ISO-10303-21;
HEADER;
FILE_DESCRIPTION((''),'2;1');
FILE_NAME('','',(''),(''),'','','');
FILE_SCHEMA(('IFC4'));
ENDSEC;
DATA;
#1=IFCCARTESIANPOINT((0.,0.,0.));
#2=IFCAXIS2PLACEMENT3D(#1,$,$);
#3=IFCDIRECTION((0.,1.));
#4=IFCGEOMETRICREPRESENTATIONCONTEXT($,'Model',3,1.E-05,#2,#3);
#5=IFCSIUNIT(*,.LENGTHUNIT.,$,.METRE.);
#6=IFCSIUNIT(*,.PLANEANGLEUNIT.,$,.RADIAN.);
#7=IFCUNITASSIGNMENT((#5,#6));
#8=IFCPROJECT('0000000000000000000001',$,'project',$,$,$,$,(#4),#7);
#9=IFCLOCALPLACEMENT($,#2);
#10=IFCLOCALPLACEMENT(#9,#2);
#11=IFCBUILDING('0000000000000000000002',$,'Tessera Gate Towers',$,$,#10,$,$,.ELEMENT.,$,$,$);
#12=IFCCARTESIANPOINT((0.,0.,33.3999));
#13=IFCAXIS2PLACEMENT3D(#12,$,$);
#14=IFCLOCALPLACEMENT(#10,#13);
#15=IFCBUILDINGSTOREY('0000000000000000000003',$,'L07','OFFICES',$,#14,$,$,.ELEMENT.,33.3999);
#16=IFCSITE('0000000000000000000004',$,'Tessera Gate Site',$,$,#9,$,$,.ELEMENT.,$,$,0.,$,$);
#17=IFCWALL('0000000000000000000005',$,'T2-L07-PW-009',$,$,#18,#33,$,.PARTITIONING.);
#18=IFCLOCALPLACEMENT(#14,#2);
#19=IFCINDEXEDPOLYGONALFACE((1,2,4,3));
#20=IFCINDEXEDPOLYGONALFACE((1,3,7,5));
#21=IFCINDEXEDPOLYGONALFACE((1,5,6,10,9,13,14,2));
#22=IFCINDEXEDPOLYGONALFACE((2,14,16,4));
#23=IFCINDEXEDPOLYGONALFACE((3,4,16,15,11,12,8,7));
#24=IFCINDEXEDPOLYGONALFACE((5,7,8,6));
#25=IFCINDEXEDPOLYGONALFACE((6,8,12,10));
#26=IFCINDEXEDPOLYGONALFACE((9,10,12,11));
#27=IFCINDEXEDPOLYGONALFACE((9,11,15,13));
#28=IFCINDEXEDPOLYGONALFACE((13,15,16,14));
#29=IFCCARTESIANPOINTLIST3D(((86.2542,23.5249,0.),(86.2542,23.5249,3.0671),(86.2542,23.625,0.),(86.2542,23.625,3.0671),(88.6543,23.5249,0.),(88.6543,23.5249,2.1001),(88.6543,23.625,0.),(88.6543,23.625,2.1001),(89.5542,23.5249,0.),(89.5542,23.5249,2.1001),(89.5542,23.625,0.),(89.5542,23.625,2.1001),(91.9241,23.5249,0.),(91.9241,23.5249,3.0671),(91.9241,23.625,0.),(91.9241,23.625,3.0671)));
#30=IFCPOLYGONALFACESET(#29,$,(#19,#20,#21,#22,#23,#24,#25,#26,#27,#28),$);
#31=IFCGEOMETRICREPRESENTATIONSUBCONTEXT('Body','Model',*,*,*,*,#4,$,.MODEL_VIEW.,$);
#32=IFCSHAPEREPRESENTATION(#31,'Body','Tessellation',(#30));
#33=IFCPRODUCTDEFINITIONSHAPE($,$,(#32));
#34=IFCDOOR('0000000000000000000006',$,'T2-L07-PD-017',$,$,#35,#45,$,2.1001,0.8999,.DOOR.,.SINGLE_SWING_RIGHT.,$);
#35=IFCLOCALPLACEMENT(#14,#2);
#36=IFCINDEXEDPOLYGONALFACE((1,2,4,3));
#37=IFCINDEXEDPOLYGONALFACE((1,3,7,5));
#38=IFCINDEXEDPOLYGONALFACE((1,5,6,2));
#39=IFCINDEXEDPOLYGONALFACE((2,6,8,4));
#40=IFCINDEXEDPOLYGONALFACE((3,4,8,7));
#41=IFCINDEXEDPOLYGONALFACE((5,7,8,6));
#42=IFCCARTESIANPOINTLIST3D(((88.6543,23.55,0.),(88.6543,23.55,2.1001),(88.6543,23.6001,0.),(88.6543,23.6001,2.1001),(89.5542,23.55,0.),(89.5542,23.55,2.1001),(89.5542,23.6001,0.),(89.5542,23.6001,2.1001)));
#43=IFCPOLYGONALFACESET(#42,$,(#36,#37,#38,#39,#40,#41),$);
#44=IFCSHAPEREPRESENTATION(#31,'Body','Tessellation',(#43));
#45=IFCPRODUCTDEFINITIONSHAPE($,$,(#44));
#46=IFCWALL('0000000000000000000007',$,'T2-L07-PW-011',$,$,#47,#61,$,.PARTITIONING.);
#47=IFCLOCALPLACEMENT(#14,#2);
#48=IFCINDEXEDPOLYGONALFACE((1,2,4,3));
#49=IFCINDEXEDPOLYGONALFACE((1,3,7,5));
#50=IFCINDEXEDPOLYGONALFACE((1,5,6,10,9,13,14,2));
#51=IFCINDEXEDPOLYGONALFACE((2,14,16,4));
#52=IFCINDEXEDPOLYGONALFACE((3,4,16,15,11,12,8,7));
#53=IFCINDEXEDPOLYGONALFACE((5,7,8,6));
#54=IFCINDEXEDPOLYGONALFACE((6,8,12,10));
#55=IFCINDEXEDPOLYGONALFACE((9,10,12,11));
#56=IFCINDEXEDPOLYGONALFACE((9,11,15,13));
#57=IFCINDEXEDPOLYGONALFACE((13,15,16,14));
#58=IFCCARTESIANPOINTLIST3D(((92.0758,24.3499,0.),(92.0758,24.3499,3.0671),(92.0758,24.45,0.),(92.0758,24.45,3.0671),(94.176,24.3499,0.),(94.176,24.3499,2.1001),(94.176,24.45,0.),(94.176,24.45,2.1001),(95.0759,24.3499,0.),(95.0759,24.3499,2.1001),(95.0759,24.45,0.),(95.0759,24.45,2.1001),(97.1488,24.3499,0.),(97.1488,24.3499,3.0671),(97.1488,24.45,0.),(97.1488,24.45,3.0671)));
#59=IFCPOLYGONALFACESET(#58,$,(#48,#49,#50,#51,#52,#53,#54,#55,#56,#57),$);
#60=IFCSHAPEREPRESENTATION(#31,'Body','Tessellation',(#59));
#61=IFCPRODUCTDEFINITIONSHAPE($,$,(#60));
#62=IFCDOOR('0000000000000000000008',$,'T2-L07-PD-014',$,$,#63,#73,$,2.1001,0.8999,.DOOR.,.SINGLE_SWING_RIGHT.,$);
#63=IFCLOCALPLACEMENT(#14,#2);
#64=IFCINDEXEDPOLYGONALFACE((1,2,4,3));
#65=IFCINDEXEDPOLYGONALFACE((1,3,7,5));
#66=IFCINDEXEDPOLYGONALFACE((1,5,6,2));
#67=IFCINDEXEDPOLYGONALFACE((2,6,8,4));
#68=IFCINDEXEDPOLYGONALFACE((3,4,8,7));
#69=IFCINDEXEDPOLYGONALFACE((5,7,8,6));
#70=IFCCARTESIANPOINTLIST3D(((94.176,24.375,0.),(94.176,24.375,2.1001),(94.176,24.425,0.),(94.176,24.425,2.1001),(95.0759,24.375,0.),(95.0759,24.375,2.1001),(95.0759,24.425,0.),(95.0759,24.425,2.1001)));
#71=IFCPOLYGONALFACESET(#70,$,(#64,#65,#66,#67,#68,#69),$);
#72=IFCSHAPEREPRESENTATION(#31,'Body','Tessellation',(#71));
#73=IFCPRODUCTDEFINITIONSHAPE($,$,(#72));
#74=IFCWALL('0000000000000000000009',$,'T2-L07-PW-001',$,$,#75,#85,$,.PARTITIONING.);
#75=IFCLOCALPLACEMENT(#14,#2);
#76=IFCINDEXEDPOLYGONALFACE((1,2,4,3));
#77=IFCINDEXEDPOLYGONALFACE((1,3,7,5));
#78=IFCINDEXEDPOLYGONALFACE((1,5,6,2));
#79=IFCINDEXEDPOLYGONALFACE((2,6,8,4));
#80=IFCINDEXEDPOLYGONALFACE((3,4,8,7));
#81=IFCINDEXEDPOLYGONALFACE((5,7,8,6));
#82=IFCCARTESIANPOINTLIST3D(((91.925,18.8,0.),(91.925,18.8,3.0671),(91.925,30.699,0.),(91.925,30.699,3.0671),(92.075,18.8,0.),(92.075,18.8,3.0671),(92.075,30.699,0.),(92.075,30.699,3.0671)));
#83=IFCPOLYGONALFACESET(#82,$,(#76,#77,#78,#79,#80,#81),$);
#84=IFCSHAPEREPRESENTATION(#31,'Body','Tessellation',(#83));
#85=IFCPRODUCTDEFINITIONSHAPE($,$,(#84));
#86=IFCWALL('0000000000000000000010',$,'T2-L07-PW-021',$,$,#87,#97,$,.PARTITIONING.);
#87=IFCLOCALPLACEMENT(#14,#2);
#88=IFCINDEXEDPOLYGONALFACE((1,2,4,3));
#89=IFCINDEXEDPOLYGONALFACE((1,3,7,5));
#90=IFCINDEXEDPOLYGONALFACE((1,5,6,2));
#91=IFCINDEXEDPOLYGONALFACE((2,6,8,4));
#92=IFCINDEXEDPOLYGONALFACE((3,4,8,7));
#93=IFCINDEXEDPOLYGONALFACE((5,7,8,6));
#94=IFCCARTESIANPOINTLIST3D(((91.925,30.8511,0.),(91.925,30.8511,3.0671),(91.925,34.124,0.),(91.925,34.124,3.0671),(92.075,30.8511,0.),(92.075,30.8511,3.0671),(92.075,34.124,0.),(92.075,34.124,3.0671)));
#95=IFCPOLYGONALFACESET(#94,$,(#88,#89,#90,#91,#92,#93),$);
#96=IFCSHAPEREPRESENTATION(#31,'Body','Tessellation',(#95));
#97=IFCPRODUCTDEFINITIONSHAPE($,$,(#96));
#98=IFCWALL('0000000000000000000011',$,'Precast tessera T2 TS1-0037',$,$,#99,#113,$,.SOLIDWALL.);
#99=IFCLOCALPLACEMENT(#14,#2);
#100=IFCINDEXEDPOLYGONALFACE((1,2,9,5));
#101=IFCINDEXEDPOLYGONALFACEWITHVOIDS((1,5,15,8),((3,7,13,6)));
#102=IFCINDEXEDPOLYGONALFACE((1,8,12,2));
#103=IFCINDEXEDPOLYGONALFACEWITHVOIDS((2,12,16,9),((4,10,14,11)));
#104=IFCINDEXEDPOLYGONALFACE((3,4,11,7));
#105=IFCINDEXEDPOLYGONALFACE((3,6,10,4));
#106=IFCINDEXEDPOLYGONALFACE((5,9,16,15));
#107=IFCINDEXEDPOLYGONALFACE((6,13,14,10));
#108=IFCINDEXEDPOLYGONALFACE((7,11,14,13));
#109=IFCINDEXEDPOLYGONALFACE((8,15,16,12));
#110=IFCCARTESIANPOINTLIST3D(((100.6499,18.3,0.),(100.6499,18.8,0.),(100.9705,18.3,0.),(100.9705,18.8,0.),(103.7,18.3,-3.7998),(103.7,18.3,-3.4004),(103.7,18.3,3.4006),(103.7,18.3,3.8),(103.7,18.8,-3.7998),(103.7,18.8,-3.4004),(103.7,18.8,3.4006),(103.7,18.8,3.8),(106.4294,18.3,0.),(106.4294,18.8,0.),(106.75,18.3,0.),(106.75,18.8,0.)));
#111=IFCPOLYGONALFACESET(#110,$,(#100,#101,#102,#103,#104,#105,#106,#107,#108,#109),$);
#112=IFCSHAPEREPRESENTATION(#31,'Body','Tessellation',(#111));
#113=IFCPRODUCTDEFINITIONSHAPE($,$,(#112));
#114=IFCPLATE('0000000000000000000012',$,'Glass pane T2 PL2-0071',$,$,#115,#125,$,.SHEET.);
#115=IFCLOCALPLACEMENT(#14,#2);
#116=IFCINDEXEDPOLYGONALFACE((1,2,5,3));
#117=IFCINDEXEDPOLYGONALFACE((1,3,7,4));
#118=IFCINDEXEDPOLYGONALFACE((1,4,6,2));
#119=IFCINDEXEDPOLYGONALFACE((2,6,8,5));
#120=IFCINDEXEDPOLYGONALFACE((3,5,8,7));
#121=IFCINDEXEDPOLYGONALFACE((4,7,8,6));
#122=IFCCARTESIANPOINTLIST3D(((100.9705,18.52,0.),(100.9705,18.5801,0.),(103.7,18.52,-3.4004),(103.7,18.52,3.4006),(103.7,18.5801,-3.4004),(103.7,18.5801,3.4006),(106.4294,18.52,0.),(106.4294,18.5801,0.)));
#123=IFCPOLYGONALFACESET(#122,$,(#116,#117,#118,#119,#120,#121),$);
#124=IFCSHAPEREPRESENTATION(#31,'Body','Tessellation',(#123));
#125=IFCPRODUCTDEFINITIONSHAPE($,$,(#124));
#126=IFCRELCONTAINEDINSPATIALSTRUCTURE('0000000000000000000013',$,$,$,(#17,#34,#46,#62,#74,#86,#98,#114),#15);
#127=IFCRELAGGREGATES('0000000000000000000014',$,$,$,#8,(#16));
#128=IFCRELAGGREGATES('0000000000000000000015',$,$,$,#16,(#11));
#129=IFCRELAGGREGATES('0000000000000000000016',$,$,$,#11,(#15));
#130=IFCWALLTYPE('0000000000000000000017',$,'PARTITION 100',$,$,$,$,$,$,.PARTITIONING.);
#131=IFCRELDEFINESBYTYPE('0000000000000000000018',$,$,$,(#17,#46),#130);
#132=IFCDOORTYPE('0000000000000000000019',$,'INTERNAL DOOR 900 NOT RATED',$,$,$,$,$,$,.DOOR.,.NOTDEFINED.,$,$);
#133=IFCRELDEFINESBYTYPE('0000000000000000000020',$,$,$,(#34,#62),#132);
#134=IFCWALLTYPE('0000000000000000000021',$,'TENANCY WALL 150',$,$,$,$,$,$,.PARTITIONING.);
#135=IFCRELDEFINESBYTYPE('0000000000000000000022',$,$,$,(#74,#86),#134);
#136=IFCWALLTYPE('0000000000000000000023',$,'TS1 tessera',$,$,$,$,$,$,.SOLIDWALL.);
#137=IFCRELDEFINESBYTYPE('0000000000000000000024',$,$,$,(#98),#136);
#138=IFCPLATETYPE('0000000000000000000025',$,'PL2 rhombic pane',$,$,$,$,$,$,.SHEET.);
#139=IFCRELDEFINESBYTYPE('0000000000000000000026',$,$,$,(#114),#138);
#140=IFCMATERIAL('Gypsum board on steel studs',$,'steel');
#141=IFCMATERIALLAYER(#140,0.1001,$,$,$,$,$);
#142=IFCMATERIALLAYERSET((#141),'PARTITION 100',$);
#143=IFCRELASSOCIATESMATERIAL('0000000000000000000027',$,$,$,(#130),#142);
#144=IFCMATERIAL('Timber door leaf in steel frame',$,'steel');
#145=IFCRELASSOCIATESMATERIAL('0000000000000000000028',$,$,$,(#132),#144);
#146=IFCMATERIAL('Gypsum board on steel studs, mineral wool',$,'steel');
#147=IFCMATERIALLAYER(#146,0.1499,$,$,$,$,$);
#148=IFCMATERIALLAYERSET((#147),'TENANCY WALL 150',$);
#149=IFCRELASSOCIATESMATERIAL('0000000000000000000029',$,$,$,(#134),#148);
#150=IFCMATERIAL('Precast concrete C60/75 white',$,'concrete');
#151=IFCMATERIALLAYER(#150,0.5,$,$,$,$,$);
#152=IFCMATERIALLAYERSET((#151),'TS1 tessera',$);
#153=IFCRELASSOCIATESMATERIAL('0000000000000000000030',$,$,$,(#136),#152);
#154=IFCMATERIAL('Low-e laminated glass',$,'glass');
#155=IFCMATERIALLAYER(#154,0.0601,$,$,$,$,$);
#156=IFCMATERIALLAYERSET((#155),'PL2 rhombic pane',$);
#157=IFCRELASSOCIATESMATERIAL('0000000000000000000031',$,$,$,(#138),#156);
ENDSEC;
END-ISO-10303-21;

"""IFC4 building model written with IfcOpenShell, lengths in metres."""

from ifc_helpers import new_model, si_unit, direction, frame, frame_2d, origin, place, context, subcontext, project, spatial, polyline, rectangle, outline, extrude, source, transform, mapped, material, layer, layer_set, type_object, element, fill, save


model = new_model("IFC4")

# Units and contexts
model_context = context("Model", 3, precision=1e-05, world=origin(), true_north=direction((0.0, 1.0)))
body_context = subcontext(model_context, "Body", "Model", "MODEL_VIEW")
ifc_project = project(units=[si_unit("LENGTHUNIT", "METRE"), si_unit("PLANEANGLEUNIT", "RADIAN")], contexts=[model_context])

# Site, building, storey
site_placement = place(None, origin())
site = spatial("IfcSite", under=ifc_project, at=site_placement, Name="Tessera Gate Site", CompositionType="ELEMENT", RefElevation=0.0)
building_placement = place(site_placement, origin())
building = spatial("IfcBuilding", under=site, at=building_placement, Name="Tessera Gate Towers", CompositionType="ELEMENT")
storey_placement = place(building_placement, frame((0.0, 0.0, 33.3999)))
storey = spatial("IfcBuildingStorey", under=building, at=storey_placement, Name="L07", Description="OFFICES", CompositionType="ELEMENT", Elevation=33.3999)

# Shared definitions
ifc_material_1 = material(Name="Gypsum board on steel studs", Category="steel")
ifc_layer_1 = layer(ifc_material_1, 0.1001)
ifc_layer_set_1 = layer_set([ifc_layer_1], Name="PARTITION 100")
wall_type_1 = type_object("IfcWallType", Name="PARTITION 100", PredefinedType="PARTITIONING", material=ifc_layer_set_1)

# Walls, openings, doors
wall_1_placement = place(storey_placement, frame((91.9241, 23.575, 0.0), z_axis=(0.0, 0.0, 1.0), x_axis=(-1.0, 0.0, 0.0)))
wall_1 = element("IfcWall", 1, at=wall_1_placement, inside=storey, type_object=wall_type_1, Name="T2-L07-PW-009", PredefinedType="PARTITIONING", context=body_context, shape_type="SweptSolid", body=[
    extrude(rectangle(XDim=5.6699, YDim=0.1001, at=frame_2d((2.835, 0.0))), origin(), (0.0, 0.0, 1.0), 3.0671),
])
shared_shape_1 = source(origin(), body_context, "Body", "SweptSolid", [
    extrude(rectangle(XDim=0.8999, YDim=2.1001, at=frame_2d((0.45, 1.05))), frame((0.0, 0.0601, 0.0), z_axis=(0.0, -1.0, 0.0), x_axis=(1.0, 0.0, 0.0)), (0.0, 0.0, 1.0), 0.1201),
])
opening_1_placement = place(wall_1_placement, frame((2.3699, 0.0, 0.0)))
opening_1 = element("IfcOpeningElement", 2, at=opening_1_placement, cuts=wall_1, PredefinedType="OPENING", context=body_context, shape_type="MappedRepresentation", body=[
    mapped(shared_shape_1, transform((0.0, 0.0, 0.0), scale=1.0)),
])
ifc_material_2 = material(Name="Timber door leaf in steel frame", Category="steel")
door_type = type_object("IfcDoorType", Name="INTERNAL DOOR 900 NOT RATED", OperationType="NOTDEFINED", PredefinedType="DOOR", material=ifc_material_2)
shared_shape_2 = source(origin(), body_context, "Body", "SweptSolid", [
    extrude(rectangle(XDim=0.8999, YDim=2.1001, at=frame_2d((0.45, 1.05))), frame((0.0, 0.0249, 0.0), z_axis=(0.0, -1.0, 0.0), x_axis=(1.0, 0.0, 0.0)), (0.0, 0.0, 1.0), 0.05),
])
door_1_placement = place(opening_1_placement, origin())
door_1 = element("IfcDoor", 3, at=door_1_placement, inside=storey, type_object=door_type, Name="T2-L07-PD-017", OperationType="SINGLE_SWING_RIGHT", OverallHeight=2.1001, OverallWidth=0.8999, PredefinedType="DOOR", context=body_context, shape_type="MappedRepresentation", body=[
    mapped(shared_shape_2, transform((0.0, 0.0, 0.0), scale=1.0)),
])
fill(opening_1, door_1)
wall_2_placement = place(storey_placement, frame((97.1489, 24.3999, 0.0), z_axis=(0.0, 0.0, 1.0), x_axis=(-1.0, 0.0, 0.0)))
wall_2 = element("IfcWall", 4, at=wall_2_placement, inside=storey, type_object=wall_type_1, Name="T2-L07-PW-011", PredefinedType="PARTITIONING", context=body_context, shape_type="SweptSolid", body=[
    extrude(rectangle(XDim=5.073, YDim=0.1001, at=frame_2d((2.5366, 0.0))), origin(), (0.0, 0.0, 1.0), 3.0671),
])
opening_2_placement = place(wall_2_placement, frame((2.073, 0.0, 0.0)))
opening_2 = element("IfcOpeningElement", 5, at=opening_2_placement, cuts=wall_2, PredefinedType="OPENING", context=body_context, shape_type="MappedRepresentation", body=[
    mapped(shared_shape_1, transform((0.0, 0.0, 0.0), scale=1.0)),
])
door_2_placement = place(opening_2_placement, origin())
door_2 = element("IfcDoor", 6, at=door_2_placement, inside=storey, type_object=door_type, Name="T2-L07-PD-014", OperationType="SINGLE_SWING_RIGHT", OverallHeight=2.1001, OverallWidth=0.8999, PredefinedType="DOOR", context=body_context, shape_type="MappedRepresentation", body=[
    mapped(shared_shape_2, transform((0.0, 0.0, 0.0), scale=1.0)),
])
fill(opening_2, door_2)

# Walls
ifc_material_3 = material(Name="Gypsum board on steel studs, mineral wool", Category="steel")
ifc_layer_2 = layer(ifc_material_3, 0.1499)
ifc_layer_set_2 = layer_set([ifc_layer_2], Name="TENANCY WALL 150")
wall_type_2 = type_object("IfcWallType", Name="TENANCY WALL 150", PredefinedType="PARTITIONING", material=ifc_layer_set_2)
wall_3_placement = place(storey_placement, frame((92.0, 18.8, 0.0), z_axis=(0.0, 0.0, 1.0), x_axis=(0.0, 1.0, 0.0)))
element("IfcWall", 7, at=wall_3_placement, inside=storey, type_object=wall_type_2, Name="T2-L07-PW-001", PredefinedType="PARTITIONING", context=body_context, shape_type="SweptSolid", body=[
    extrude(rectangle(XDim=11.8989, YDim=0.1499, at=frame_2d((5.9495, 0.0))), origin(), (0.0, 0.0, 1.0), 3.0671),
])
wall_4_placement = place(storey_placement, frame((92.0, 30.8511, 0.0), z_axis=(0.0, 0.0, 1.0), x_axis=(0.0, 1.0, 0.0)))
element("IfcWall", 8, at=wall_4_placement, inside=storey, type_object=wall_type_2, Name="T2-L07-PW-021", PredefinedType="PARTITIONING", context=body_context, shape_type="SweptSolid", body=[
    extrude(rectangle(XDim=3.2729, YDim=0.1499, at=frame_2d((1.6365, 0.0))), origin(), (0.0, 0.0, 1.0), 3.0671),
])

# Wall, opening, plate
ifc_material_4 = material(Name="Precast concrete C60/75 white", Category="concrete")
ifc_layer_3 = layer(ifc_material_4, 0.5)
ifc_layer_set_3 = layer_set([ifc_layer_3], Name="TS1 tessera")
wall_type_3 = type_object("IfcWallType", Name="TS1 tessera", PredefinedType="SOLIDWALL", material=ifc_layer_set_3)
shared_shape_3 = source(origin(), body_context, "Body", "SweptSolid", [
    extrude(outline(polyline([(3.05, 0.0), (6.1001, 3.7998), (3.05, 7.5999), (0.0, 3.7998), (3.05, 0.0)])), frame((0.0, 0.25, 0.0), z_axis=(0.0, -1.0, 0.0), x_axis=(1.0, 0.0, 0.0)), (0.0, 0.0, 1.0), 0.5),
])
wall_5_placement = place(storey_placement, frame((100.6499, 18.55, -3.7998), z_axis=(0.0, 0.0, 1.0), x_axis=(1.0, 0.0, 0.0)))
wall_5 = element("IfcWall", 9, at=wall_5_placement, inside=storey, type_object=wall_type_3, Name="Precast tessera T2 TS1-0037", PredefinedType="SOLIDWALL", context=body_context, shape_type="MappedRepresentation", body=[
    mapped(shared_shape_3, transform((0.0, 0.0, 0.0), scale=1.0)),
])
shared_shape_4 = source(origin(), body_context, "Body", "SweptSolid", [
    extrude(outline(polyline([(3.05, 0.3994), (5.7795, 3.7998), (3.05, 7.2004), (0.3206, 3.7998), (3.05, 0.3994)])), frame((0.0, 0.26, 0.0), z_axis=(0.0, -1.0, 0.0), x_axis=(1.0, 0.0, 0.0)), (0.0, 0.0, 1.0), 0.52),
])
opening_3_placement = place(wall_5_placement, origin())
opening_3 = element("IfcOpeningElement", 10, at=opening_3_placement, cuts=wall_5, PredefinedType="OPENING", context=body_context, shape_type="MappedRepresentation", body=[
    mapped(shared_shape_4, transform((0.0, 0.0, 0.0), scale=1.0)),
])
ifc_material_5 = material(Name="Low-e laminated glass", Category="glass")
ifc_layer_4 = layer(ifc_material_5, 0.0601)
ifc_layer_set_4 = layer_set([ifc_layer_4], Name="PL2 rhombic pane")
plate_type = type_object("IfcPlateType", Name="PL2 rhombic pane", PredefinedType="SHEET", material=ifc_layer_set_4)
shared_shape_5 = source(origin(), body_context, "Body", "SweptSolid", [
    extrude(outline(polyline([(3.05, 0.3994), (5.7795, 3.7998), (3.05, 7.2004), (0.3206, 3.7998), (3.05, 0.3994)])), frame((0.0, 0.03, 0.0), z_axis=(0.0, -1.0, 0.0), x_axis=(1.0, 0.0, 0.0)), (0.0, 0.0, 1.0), 0.0601),
])
plate_placement = place(opening_3_placement, origin())
plate = element("IfcPlate", 11, at=plate_placement, inside=storey, type_object=plate_type, Name="Glass pane T2 PL2-0071", PredefinedType="SHEET", context=body_context, shape_type="MappedRepresentation", body=[
    mapped(shared_shape_5, transform((0.0, 0.0, 0.0), scale=1.0)),
])
fill(opening_3, plate)

save(model, "model.ifc")
